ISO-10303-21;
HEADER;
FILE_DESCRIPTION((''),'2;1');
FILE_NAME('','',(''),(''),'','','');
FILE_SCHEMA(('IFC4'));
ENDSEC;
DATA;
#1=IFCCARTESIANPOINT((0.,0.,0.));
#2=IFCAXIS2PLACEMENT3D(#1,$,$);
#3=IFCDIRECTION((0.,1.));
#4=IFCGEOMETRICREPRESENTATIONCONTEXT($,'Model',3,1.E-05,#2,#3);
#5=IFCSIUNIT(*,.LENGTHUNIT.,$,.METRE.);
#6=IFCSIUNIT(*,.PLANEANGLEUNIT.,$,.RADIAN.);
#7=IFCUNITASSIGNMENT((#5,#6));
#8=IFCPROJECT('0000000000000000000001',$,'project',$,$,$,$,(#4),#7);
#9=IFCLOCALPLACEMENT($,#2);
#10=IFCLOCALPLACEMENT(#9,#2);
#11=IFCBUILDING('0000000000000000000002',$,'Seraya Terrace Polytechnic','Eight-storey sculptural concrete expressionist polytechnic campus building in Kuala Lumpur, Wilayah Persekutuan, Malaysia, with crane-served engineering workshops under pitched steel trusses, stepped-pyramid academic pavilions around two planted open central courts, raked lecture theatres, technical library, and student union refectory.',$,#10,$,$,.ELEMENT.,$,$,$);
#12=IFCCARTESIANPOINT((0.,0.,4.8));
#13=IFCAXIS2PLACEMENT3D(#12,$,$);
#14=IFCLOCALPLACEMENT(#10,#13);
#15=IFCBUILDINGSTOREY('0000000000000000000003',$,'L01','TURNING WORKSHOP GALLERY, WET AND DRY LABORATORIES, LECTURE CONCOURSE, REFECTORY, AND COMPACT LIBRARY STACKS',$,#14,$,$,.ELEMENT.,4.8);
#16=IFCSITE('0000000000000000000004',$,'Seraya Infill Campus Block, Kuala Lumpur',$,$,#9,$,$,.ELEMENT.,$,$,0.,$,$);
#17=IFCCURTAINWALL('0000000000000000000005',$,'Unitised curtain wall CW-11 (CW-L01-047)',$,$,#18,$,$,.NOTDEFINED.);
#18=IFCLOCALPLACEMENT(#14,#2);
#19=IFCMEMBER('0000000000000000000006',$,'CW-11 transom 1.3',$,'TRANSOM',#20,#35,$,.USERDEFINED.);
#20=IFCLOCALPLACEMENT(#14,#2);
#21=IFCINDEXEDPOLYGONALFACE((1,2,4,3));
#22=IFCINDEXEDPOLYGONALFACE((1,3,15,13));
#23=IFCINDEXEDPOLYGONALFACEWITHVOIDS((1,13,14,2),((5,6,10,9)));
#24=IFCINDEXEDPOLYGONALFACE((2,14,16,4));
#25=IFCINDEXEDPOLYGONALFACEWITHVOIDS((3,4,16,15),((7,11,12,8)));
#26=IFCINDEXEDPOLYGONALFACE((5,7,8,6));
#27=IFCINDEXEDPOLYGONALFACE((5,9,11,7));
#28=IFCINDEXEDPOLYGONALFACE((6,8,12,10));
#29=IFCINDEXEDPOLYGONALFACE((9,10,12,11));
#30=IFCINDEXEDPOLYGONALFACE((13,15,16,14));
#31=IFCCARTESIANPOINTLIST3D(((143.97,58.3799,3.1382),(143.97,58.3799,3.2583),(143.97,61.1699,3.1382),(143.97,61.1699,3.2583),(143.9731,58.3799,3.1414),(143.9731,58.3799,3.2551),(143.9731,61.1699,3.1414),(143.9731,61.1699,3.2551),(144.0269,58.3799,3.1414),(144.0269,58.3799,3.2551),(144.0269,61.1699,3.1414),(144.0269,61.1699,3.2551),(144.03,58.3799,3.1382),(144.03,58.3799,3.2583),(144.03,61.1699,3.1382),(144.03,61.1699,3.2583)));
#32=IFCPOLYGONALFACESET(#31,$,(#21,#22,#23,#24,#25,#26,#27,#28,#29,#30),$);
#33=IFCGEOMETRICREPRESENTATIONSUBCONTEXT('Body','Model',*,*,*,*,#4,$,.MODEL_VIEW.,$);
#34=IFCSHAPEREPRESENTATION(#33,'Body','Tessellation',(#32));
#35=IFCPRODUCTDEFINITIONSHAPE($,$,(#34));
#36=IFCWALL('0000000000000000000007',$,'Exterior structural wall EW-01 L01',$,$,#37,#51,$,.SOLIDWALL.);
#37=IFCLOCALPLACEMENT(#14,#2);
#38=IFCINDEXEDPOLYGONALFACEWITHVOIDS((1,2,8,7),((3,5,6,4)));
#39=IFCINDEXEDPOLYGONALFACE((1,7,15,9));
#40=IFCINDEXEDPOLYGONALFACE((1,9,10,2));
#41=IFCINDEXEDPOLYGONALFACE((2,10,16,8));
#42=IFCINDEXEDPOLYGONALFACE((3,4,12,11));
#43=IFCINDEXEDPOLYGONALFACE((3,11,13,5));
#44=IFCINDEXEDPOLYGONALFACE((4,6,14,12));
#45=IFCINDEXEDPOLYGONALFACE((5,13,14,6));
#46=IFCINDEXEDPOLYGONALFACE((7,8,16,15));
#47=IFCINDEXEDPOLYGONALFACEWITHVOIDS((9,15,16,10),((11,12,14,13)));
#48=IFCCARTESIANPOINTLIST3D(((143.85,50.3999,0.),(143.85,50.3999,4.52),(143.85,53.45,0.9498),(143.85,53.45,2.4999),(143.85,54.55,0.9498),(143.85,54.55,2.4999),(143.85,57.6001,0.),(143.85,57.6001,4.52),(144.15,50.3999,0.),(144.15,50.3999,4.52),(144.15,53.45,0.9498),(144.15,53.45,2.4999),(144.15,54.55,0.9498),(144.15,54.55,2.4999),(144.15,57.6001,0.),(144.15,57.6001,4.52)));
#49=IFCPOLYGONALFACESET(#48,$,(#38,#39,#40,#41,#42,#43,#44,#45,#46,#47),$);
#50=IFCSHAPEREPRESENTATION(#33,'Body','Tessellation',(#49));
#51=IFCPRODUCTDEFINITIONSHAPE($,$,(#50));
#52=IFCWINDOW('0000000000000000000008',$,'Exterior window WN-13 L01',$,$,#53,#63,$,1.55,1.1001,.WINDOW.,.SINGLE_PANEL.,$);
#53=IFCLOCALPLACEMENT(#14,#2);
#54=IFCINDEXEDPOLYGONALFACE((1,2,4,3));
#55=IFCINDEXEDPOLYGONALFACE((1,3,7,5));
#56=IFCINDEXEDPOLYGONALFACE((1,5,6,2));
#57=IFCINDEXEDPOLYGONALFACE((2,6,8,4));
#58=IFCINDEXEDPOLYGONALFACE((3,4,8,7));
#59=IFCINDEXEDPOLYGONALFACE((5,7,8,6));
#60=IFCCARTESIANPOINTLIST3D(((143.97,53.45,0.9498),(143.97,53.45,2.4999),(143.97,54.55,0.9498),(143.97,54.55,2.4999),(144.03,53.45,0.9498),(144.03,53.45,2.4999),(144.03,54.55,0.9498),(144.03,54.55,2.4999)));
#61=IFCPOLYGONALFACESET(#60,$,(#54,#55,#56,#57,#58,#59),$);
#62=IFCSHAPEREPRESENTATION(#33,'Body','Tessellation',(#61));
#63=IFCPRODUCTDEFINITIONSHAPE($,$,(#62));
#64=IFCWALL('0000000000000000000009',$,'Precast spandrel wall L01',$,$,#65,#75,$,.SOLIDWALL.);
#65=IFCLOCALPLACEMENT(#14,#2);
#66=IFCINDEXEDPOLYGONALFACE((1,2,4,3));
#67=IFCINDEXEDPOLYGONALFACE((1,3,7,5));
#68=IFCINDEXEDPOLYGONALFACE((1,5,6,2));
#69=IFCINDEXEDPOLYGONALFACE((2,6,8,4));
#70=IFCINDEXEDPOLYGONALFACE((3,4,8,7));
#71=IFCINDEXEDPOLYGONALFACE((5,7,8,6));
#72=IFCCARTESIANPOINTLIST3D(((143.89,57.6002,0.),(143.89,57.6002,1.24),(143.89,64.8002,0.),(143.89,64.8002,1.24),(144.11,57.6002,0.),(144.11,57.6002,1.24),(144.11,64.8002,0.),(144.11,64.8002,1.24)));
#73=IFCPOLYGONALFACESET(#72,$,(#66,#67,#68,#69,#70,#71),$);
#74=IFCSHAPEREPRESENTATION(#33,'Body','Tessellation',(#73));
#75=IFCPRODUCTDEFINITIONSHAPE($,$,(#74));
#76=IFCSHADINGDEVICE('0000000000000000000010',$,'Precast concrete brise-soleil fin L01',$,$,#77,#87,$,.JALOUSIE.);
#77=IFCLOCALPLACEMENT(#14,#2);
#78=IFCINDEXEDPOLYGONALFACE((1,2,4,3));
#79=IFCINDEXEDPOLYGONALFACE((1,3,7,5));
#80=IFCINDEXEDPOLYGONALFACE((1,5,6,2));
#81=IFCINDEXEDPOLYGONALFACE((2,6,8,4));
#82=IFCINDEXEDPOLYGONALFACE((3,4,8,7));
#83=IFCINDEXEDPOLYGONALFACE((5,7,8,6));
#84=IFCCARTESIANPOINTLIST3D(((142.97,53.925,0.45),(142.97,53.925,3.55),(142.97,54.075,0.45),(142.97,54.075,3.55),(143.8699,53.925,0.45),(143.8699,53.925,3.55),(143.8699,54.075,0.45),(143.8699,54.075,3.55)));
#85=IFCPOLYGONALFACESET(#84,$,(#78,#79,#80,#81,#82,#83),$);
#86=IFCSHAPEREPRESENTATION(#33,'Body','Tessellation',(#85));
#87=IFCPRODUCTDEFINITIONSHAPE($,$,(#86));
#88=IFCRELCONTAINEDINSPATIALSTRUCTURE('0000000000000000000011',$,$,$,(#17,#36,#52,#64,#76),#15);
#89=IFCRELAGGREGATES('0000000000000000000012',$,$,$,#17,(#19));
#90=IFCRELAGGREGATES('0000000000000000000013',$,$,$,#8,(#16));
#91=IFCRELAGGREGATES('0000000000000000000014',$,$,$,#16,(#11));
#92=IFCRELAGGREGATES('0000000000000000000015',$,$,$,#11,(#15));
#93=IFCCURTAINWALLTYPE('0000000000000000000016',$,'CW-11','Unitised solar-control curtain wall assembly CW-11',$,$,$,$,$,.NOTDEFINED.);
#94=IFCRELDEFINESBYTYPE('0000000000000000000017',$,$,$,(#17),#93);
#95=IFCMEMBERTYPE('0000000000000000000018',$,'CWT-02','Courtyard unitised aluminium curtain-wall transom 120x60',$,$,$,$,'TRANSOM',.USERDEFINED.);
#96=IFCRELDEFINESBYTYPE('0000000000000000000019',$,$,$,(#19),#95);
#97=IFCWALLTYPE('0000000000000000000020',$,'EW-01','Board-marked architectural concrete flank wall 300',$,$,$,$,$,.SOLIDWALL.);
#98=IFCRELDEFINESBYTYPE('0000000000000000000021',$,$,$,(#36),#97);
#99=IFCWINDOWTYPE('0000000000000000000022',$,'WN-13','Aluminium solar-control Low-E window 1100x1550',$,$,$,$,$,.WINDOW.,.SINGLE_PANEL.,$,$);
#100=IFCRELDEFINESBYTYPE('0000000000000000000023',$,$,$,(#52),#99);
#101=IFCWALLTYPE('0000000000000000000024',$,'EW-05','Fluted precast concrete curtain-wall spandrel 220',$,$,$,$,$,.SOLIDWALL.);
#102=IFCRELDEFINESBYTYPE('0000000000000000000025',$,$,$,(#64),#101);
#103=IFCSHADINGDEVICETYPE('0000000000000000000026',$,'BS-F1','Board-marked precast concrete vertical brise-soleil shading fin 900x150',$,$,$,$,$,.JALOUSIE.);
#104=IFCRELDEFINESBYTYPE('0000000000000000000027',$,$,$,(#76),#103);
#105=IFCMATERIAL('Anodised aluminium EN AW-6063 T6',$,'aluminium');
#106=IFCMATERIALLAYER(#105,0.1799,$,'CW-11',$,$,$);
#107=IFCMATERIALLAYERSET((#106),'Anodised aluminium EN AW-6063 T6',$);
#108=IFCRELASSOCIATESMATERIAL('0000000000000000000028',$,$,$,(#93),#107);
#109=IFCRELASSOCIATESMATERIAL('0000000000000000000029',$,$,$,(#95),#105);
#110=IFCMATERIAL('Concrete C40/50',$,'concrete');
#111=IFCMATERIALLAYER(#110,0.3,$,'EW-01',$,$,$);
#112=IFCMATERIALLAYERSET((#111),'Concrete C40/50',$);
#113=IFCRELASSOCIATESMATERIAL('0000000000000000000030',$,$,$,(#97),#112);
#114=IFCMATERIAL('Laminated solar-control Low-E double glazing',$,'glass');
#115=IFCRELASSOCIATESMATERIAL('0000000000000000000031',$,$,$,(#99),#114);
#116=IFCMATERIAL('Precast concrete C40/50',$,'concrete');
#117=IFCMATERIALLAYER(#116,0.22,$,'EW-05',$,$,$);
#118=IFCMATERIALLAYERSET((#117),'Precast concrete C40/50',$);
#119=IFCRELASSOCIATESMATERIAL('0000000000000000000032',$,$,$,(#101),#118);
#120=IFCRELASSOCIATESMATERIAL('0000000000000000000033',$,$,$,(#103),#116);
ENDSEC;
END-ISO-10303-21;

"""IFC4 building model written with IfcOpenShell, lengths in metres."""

from ifc_helpers import new_model, si_unit, direction, frame, frame_2d, origin, origin_2d, place, context, subcontext, project, spatial, rectangle, hollow_rectangle, extrude, material, layer, layer_set, material_profile, profile_set, type_object, element, fill, aggregate, save


model = new_model("IFC4")

# Units and contexts
model_context = context("Model", 3, precision=1e-05, world=origin(), true_north=direction((0.0, 1.0)))
body_context = subcontext(model_context, "Body", "Model", "MODEL_VIEW")
ifc_project = project(units=[si_unit("LENGTHUNIT", "METRE"), si_unit("PLANEANGLEUNIT", "RADIAN")], contexts=[model_context])

# Site, building, storey
site_placement = place(None, origin())
site = spatial("IfcSite", under=ifc_project, at=site_placement, Name="Seraya Infill Campus Block, Kuala Lumpur", CompositionType="ELEMENT", RefElevation=0.0)
building_placement = place(site_placement, origin())
building = spatial("IfcBuilding", under=site, at=building_placement, Name="Seraya Terrace Polytechnic", Description="Eight-storey sculptural concrete expressionist polytechnic campus building in Kuala Lumpur, Wilayah Persekutuan, Malaysia, with crane-served engineering workshops under pitched steel trusses, stepped-pyramid academic pavilions around two planted open central courts, raked lecture theatres, technical library, and student union refectory.", CompositionType="ELEMENT")
storey_placement = place(building_placement, frame((0.0, 0.0, 4.8)))
storey = spatial("IfcBuildingStorey", under=building, at=storey_placement, Name="L01", Description="TURNING WORKSHOP GALLERY, WET AND DRY LABORATORIES, LECTURE CONCOURSE, REFECTORY, AND COMPACT LIBRARY STACKS", CompositionType="ELEMENT", Elevation=4.8)

# Shared definitions
ifc_material_1 = material(Name="Concrete C40/50", Category="concrete")

# Shared definitions
ifc_material_2 = material(Name="Anodised aluminium EN AW-6063 T6", Category="aluminium")

# Curtain wall, member
ifc_layer_1 = layer(ifc_material_2, 0.1799, Name="CW-11")
ifc_layer_set_1 = layer_set([ifc_layer_1], Name="Anodised aluminium EN AW-6063 T6")
curtain_wall_type_1 = type_object("IfcCurtainWallType", Name="CW-11", Description="Unitised solar-control curtain wall assembly CW-11", PredefinedType="NOTDEFINED", material=ifc_layer_set_1)
curtain_wall_1_placement = place(storey_placement, origin())
curtain_wall_1 = element("IfcCurtainWall", 1, at=curtain_wall_1_placement, inside=storey, type_object=curtain_wall_type_1, Name="Unitised curtain wall CW-11 (CW-L01-047)", PredefinedType="NOTDEFINED")
ifc_material_profile_1 = material_profile(ifc_material_2, hollow_rectangle(XDim=0.0601, YDim=0.1201, WallThickness=0.0032, at=origin_2d()), Name="RHS 120x60x3.2")
ifc_profile_set_1 = profile_set([ifc_material_profile_1], Name="Anodised aluminium EN AW-6063 T6")
member_type_1 = type_object("IfcMemberType", Name="CWT-02", Description="Courtyard unitised aluminium curtain-wall transom 120x60", ElementType="TRANSOM", PredefinedType="USERDEFINED", material=ifc_profile_set_1)
member_1_placement = place(storey_placement, frame((144.0, 58.3799, 3.1982), z_axis=(0.0, 1.0, 0.0), x_axis=(-1.0, 0.0, 0.0)))
member_1 = element("IfcMember", 2, at=member_1_placement, type_object=member_type_1, Name="CW-11 transom 1.3", ObjectType="TRANSOM", PredefinedType="USERDEFINED", context=body_context, shape_type="SweptSolid", body=[
    extrude(hollow_rectangle(XDim=0.0601, YDim=0.1201, WallThickness=0.0032, at=origin_2d()), origin(), (0.0, 0.0, 1.0), 2.79),
])
aggregate(curtain_wall_1, [member_1])

# Wall, opening, window
ifc_layer_2 = layer(ifc_material_1, 0.3, Name="EW-01")
ifc_layer_set_2 = layer_set([ifc_layer_2], Name="Concrete C40/50")
wall_type_1 = type_object("IfcWallType", Name="EW-01", Description="Board-marked architectural concrete flank wall 300", PredefinedType="SOLIDWALL", material=ifc_layer_set_2)
wall_1_placement = place(storey_placement, frame((144.0, 50.3999, 0.0), z_axis=(0.0, 0.0, 1.0), x_axis=(0.0, 1.0, 0.0)))
wall_1 = element("IfcWall", 3, at=wall_1_placement, inside=storey, type_object=wall_type_1, Name="Exterior structural wall EW-01 L01", PredefinedType="SOLIDWALL", context=body_context, shape_type="SweptSolid", body=[
    extrude(rectangle(XDim=7.2002, YDim=0.3, at=frame_2d((3.6001, 0.0))), origin(), (0.0, 0.0, 1.0), 4.52),
])
opening_placement = place(wall_1_placement, frame((3.05, 0.0, 0.95)))
opening = element("IfcOpeningElement", 4, at=opening_placement, cuts=wall_1, PredefinedType="OPENING", context=body_context, shape_type="SweptSolid", body=[
    extrude(rectangle(XDim=1.1001, YDim=1.55, at=frame_2d((0.55, 0.7749))), frame((0.0, 0.1621, 0.0), z_axis=(0.0, -1.0, 0.0), x_axis=(1.0, 0.0, 0.0)), (0.0, 0.0, 1.0), 0.324),
])
ifc_material_3 = material(Name="Laminated solar-control Low-E double glazing", Category="glass")
window_type = type_object("IfcWindowType", Name="WN-13", Description="Aluminium solar-control Low-E window 1100x1550", PartitioningType="SINGLE_PANEL", PredefinedType="WINDOW", material=ifc_material_3)
window_placement = place(opening_placement, origin())
window = element("IfcWindow", 5, at=window_placement, inside=storey, type_object=window_type, Name="Exterior window WN-13 L01", OverallHeight=1.55, OverallWidth=1.1001, PartitioningType="SINGLE_PANEL", PredefinedType="WINDOW", context=body_context, shape_type="SweptSolid", body=[
    extrude(rectangle(XDim=1.1001, YDim=1.55, at=frame_2d((0.55, 0.7749))), frame((0.0, 0.03, 0.0), z_axis=(0.0, -1.0, 0.0), x_axis=(1.0, 0.0, 0.0)), (0.0, 0.0, 1.0), 0.0601),
])
fill(opening, window)

# Wall
ifc_material_4 = material(Name="Precast concrete C40/50", Category="concrete")
ifc_layer_3 = layer(ifc_material_4, 0.22, Name="EW-05")
ifc_layer_set_3 = layer_set([ifc_layer_3], Name="Precast concrete C40/50")
wall_type_2 = type_object("IfcWallType", Name="EW-05", Description="Fluted precast concrete curtain-wall spandrel 220", PredefinedType="SOLIDWALL", material=ifc_layer_set_3)
wall_2_placement = place(storey_placement, frame((144.0, 57.6001, 0.0), z_axis=(0.0, 0.0, 1.0), x_axis=(0.0, 1.0, 0.0)))
element("IfcWall", 6, at=wall_2_placement, inside=storey, type_object=wall_type_2, Name="Precast spandrel wall L01", PredefinedType="SOLIDWALL", context=body_context, shape_type="SweptSolid", body=[
    extrude(rectangle(XDim=7.2, YDim=0.22, at=frame_2d((3.6001, 0.0))), origin(), (0.0, 0.0, 1.0), 1.24),
])

# Shading device
shading_device_type = type_object("IfcShadingDeviceType", Name="BS-F1", Description="Board-marked precast concrete vertical brise-soleil shading fin 900x150", PredefinedType="JALOUSIE", material=ifc_material_4)
shading_device_placement = place(storey_placement, frame((143.4199, 54.0, 0.45), z_axis=(0.0, 0.0, 1.0), x_axis=(-1.0, 0.0, 0.0)))
element("IfcShadingDevice", 7, at=shading_device_placement, inside=storey, type_object=shading_device_type, Name="Precast concrete brise-soleil fin L01", PredefinedType="JALOUSIE", context=body_context, shape_type="SweptSolid", body=[
    extrude(rectangle(XDim=0.8999, YDim=0.1499, at=origin_2d()), origin(), (0.0, 0.0, 1.0), 3.1001),
])

save(model, "model.ifc")
